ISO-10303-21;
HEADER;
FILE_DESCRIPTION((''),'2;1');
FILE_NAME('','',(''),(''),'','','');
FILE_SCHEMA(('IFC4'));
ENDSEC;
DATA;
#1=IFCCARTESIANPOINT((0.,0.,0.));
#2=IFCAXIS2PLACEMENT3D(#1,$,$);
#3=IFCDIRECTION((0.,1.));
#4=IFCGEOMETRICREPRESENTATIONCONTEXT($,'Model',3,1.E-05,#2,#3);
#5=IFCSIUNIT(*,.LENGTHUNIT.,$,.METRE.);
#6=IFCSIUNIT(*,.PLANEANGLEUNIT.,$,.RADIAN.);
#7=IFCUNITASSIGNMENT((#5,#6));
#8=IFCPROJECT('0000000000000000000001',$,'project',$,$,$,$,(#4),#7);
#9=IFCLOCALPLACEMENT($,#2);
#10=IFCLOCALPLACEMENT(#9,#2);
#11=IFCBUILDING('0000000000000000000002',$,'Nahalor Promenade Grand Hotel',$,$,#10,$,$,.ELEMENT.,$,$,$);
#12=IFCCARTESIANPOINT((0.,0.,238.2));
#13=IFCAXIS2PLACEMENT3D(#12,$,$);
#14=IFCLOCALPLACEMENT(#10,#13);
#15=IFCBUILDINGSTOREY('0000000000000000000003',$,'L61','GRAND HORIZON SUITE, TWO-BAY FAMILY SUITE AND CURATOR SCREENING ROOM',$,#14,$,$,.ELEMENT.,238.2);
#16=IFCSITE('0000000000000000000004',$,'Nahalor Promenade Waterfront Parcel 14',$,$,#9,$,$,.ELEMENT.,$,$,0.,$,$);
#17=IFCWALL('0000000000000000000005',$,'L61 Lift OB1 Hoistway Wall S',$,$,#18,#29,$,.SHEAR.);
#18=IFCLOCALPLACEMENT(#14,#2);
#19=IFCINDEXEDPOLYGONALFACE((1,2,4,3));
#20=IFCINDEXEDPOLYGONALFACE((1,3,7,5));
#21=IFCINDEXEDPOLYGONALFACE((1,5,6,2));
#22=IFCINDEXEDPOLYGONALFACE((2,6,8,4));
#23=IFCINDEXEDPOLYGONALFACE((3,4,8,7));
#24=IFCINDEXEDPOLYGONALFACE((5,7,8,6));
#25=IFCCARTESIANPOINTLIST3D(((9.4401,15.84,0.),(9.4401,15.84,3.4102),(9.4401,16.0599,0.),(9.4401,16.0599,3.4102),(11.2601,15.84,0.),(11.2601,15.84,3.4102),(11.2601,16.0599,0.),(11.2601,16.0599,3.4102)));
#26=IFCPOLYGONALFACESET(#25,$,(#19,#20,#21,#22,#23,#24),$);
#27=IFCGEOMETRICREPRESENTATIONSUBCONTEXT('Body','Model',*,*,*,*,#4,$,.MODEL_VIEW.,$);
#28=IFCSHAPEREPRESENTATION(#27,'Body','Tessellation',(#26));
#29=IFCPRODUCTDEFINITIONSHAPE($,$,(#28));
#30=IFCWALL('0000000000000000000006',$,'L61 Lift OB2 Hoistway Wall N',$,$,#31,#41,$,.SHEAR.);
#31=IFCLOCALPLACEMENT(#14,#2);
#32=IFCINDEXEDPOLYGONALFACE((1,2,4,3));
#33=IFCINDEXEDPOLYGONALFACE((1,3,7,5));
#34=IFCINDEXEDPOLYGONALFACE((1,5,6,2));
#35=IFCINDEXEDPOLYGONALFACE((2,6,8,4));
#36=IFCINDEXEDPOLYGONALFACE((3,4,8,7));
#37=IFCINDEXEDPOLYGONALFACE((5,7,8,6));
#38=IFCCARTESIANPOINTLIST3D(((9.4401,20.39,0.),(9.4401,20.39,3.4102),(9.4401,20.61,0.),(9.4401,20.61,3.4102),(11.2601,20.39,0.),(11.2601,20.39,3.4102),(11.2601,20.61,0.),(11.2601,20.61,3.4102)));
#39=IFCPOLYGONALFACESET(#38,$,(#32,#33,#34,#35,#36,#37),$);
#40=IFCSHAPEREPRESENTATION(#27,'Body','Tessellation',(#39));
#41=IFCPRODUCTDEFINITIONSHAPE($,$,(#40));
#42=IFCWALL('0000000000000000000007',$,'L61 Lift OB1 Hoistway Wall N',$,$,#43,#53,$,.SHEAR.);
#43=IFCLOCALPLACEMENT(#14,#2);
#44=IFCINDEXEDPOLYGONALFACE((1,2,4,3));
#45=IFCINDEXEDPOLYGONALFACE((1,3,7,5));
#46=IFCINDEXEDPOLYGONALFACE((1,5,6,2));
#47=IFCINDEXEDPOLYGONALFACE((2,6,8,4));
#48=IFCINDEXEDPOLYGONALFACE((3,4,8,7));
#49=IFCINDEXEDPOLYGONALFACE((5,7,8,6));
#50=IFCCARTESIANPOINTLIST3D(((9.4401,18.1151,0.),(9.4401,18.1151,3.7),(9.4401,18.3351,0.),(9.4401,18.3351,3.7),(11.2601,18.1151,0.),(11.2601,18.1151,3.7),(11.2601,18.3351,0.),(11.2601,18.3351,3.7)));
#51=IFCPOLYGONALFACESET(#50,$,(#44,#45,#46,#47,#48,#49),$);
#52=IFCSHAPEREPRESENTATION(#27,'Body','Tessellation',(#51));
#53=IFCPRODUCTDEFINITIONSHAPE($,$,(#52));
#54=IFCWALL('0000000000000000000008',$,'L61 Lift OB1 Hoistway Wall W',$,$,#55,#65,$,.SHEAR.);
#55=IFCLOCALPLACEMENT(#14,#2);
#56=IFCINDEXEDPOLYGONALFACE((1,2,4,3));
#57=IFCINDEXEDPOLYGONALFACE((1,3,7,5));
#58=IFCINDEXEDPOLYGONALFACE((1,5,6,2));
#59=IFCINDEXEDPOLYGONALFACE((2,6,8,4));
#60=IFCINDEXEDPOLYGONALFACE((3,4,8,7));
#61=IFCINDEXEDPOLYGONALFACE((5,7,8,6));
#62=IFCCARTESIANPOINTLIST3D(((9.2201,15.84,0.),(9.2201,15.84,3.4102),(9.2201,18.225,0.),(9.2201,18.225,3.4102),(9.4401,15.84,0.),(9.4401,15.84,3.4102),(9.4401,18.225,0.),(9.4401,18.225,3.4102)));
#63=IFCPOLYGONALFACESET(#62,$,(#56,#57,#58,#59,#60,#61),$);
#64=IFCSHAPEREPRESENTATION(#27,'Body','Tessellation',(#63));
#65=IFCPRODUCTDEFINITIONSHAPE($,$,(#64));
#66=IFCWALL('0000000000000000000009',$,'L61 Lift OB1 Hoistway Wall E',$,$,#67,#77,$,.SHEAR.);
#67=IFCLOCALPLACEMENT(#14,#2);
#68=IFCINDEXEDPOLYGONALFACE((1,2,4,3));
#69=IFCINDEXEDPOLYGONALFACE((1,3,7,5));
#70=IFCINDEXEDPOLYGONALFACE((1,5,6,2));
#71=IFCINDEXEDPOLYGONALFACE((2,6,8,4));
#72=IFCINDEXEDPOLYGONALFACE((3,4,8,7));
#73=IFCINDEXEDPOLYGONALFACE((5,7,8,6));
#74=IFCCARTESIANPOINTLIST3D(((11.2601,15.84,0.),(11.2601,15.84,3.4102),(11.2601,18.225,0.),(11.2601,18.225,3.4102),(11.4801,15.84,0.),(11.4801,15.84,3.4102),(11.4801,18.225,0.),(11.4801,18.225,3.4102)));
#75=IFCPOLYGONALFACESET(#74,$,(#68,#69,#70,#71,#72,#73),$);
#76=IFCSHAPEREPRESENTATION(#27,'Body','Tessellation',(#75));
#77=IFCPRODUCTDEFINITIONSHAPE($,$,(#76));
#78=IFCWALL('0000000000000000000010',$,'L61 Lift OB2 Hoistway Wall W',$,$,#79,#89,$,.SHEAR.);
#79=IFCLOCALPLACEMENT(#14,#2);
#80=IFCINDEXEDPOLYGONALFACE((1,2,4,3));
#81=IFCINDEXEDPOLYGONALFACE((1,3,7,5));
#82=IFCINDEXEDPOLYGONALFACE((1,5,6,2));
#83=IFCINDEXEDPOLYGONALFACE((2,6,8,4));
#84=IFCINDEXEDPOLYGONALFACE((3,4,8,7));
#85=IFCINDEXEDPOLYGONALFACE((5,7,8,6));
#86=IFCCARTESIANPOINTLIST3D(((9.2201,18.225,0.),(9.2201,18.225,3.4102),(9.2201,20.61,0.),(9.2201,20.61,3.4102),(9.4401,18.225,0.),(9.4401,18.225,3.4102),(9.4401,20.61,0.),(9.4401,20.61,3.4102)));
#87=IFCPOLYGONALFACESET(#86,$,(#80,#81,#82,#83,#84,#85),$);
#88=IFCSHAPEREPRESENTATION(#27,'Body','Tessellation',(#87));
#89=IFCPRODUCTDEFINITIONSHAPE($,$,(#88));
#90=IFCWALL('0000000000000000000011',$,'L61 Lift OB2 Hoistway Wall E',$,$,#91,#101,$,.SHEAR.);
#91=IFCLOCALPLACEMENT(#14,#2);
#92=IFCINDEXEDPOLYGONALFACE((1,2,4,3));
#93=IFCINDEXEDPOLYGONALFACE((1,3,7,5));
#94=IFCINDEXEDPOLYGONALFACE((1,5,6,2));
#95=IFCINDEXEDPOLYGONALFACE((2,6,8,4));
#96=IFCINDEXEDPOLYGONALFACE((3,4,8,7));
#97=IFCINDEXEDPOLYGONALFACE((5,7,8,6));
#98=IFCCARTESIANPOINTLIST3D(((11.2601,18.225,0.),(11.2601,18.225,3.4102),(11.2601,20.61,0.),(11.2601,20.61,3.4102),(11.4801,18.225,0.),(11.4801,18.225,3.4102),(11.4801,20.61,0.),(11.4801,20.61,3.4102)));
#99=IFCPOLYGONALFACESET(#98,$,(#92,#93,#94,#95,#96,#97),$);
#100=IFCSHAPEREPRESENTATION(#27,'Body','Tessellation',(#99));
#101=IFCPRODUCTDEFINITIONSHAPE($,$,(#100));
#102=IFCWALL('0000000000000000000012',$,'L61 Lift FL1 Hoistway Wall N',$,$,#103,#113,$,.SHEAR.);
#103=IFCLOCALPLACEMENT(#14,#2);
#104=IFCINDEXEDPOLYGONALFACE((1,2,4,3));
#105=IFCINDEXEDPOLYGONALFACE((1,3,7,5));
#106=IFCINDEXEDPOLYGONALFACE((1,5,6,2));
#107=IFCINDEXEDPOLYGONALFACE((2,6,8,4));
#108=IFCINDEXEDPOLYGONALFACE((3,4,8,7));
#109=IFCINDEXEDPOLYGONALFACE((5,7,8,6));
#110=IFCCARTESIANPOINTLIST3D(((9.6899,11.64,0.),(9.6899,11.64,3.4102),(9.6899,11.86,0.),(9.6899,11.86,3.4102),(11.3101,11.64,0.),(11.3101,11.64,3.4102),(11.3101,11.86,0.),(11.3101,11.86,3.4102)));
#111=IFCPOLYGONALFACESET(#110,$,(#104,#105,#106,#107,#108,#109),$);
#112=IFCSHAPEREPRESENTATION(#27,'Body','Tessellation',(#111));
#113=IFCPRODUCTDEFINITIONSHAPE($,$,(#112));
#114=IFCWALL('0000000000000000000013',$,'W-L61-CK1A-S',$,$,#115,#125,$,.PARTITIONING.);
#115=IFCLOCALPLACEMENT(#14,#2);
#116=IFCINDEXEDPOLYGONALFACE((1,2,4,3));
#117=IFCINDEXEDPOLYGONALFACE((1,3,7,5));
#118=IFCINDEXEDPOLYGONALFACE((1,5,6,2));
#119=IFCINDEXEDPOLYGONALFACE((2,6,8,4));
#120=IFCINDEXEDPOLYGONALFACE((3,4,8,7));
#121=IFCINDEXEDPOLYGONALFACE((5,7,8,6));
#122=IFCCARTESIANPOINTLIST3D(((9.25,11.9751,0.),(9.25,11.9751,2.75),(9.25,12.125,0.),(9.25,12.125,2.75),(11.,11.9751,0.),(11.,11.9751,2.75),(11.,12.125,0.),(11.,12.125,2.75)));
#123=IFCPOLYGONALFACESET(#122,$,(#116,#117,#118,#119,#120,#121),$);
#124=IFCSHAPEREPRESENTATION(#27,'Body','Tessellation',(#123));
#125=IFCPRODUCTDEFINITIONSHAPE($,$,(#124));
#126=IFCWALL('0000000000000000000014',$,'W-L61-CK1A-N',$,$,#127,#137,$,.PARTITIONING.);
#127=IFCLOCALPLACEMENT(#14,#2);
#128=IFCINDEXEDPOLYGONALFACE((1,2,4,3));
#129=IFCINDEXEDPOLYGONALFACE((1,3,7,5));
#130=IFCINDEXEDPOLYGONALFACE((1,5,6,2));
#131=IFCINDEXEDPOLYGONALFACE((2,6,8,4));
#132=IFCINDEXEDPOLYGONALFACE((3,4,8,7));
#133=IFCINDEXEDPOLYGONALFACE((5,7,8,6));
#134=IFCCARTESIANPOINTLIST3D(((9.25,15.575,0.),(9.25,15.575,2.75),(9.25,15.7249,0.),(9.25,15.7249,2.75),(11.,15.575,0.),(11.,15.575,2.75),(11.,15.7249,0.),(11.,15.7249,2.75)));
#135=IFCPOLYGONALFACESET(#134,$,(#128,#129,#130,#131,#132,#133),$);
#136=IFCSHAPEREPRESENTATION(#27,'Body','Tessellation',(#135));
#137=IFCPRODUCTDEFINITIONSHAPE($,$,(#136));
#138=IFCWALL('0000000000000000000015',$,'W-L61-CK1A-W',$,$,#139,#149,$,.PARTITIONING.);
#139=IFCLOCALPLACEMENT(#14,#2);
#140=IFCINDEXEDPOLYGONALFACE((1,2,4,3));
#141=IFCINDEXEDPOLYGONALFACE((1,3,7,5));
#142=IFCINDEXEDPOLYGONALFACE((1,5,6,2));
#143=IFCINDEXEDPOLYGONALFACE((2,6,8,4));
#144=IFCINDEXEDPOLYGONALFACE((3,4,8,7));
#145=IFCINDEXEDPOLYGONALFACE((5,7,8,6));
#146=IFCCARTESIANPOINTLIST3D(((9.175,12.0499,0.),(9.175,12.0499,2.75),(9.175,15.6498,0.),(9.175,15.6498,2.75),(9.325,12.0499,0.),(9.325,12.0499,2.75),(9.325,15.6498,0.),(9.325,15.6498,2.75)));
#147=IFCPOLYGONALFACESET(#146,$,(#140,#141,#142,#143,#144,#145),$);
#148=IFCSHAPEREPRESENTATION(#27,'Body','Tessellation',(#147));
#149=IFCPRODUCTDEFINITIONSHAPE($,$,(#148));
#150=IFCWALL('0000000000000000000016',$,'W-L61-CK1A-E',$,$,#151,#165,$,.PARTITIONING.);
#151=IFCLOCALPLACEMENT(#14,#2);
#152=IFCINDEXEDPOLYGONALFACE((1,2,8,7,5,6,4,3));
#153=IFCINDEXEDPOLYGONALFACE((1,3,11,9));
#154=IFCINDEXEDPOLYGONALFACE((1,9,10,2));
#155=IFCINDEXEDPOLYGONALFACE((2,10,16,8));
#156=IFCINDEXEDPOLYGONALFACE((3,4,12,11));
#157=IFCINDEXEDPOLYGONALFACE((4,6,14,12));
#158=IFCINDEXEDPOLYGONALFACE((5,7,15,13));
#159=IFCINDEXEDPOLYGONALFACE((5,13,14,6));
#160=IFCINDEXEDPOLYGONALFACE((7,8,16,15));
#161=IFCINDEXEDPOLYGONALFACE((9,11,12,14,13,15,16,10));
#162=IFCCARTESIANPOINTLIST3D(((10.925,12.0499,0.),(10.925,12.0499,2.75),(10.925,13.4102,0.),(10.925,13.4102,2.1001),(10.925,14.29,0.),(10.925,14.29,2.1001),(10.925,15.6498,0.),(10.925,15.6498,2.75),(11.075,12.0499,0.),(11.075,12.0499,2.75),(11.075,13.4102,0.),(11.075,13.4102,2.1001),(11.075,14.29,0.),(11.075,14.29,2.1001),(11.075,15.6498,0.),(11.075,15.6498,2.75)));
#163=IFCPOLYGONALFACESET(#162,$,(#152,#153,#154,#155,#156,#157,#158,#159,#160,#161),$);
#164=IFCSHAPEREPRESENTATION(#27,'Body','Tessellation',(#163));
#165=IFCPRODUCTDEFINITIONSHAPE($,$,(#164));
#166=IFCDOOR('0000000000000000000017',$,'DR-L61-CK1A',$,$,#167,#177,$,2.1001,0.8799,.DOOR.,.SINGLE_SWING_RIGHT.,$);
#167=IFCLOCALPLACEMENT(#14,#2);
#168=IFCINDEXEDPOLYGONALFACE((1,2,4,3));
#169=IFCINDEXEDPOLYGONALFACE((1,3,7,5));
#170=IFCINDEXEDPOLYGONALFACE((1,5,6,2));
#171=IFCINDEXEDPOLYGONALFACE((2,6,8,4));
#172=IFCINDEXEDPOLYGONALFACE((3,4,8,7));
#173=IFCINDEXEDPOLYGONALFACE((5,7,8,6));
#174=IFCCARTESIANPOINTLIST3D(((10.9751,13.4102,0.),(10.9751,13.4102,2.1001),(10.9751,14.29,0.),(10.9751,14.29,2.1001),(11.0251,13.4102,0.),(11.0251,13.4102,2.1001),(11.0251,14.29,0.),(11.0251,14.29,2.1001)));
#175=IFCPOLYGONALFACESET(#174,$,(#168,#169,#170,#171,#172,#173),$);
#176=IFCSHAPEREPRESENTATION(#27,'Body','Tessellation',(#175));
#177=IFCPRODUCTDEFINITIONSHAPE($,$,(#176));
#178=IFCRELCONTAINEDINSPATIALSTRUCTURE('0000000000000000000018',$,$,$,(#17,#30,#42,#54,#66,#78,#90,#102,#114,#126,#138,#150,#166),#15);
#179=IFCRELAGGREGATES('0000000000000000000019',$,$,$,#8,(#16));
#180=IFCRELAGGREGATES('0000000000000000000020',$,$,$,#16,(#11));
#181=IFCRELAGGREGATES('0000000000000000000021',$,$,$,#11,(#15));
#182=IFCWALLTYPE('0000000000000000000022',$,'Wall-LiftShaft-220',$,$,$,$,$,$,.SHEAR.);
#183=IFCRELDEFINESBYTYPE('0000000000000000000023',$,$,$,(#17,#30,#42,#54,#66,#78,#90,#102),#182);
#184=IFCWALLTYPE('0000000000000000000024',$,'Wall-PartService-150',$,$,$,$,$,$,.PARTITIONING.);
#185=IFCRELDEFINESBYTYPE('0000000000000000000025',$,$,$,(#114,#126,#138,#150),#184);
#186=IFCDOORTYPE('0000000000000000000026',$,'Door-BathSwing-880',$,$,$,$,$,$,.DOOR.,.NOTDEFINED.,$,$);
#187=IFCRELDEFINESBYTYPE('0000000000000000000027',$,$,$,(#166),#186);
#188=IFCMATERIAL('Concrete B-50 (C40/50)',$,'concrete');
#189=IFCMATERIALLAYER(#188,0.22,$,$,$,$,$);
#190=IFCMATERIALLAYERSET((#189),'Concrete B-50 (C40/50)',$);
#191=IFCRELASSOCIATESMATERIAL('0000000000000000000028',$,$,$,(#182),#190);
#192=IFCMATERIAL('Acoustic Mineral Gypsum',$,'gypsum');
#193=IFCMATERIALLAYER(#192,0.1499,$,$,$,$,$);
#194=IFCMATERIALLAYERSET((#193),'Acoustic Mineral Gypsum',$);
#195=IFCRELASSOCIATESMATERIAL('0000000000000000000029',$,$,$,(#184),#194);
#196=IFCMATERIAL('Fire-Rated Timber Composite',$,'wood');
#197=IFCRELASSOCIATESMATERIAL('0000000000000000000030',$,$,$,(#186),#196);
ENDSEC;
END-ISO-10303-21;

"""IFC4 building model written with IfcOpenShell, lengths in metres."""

from ifc_helpers import new_model, si_unit, direction, frame, frame_2d, origin, place, context, subcontext, project, spatial, rectangle, extrude, source, transform, mapped, material, layer, layer_set, type_object, element, fill, save


model = new_model("IFC4")

# Units and contexts
model_context = context("Model", 3, precision=1e-05, world=origin(), true_north=direction((0.0, 1.0)))
body_context = subcontext(model_context, "Body", "Model", "MODEL_VIEW")
ifc_project = project(units=[si_unit("LENGTHUNIT", "METRE"), si_unit("PLANEANGLEUNIT", "RADIAN")], contexts=[model_context])

# Site, building, storey
site_placement = place(None, origin())
site = spatial("IfcSite", under=ifc_project, at=site_placement, Name="Nahalor Promenade Waterfront Parcel 14", CompositionType="ELEMENT", RefElevation=0.0)
building_placement = place(site_placement, origin())
building = spatial("IfcBuilding", under=site, at=building_placement, Name="Nahalor Promenade Grand Hotel", CompositionType="ELEMENT")
storey_placement = place(building_placement, frame((0.0, 0.0, 238.2)))
storey = spatial("IfcBuildingStorey", under=building, at=storey_placement, Name="L61", Description="GRAND HORIZON SUITE, TWO-BAY FAMILY SUITE AND CURATOR SCREENING ROOM", CompositionType="ELEMENT", Elevation=238.2)

# Walls
ifc_material_1 = material(Name="Concrete B-50 (C40/50)", Category="concrete")
ifc_layer_1 = layer(ifc_material_1, 0.22)
ifc_layer_set_1 = layer_set([ifc_layer_1], Name="Concrete B-50 (C40/50)")
wall_type_1 = type_object("IfcWallType", Name="Wall-LiftShaft-220", PredefinedType="SHEAR", material=ifc_layer_set_1)
shared_shape_1 = source(origin(), body_context, "Body", "SweptSolid", [
    extrude(rectangle(XDim=1.8201, YDim=0.22, at=frame_2d((0.9102, 0.0))), origin(), (0.0, 0.0, 1.0), 3.4102),
])
for number, where, z_axis, x_axis, name in (
    (1, (9.4399, 15.95, 0.0), (0.0, 0.0, 1.0), (1.0, 0.0, 0.0), "L61 Lift OB1 Hoistway Wall S"),
    (2, (9.4399, 20.5, 0.0), (0.0, 0.0, 1.0), (1.0, 0.0, 0.0), "L61 Lift OB2 Hoistway Wall N"),
):
    element("IfcWall", number, at=place(storey_placement, frame(where, z_axis=z_axis, x_axis=x_axis)), inside=storey, type_object=wall_type_1, Name=name, PredefinedType="SHEAR", context=body_context, shape_type="MappedRepresentation", body=[
        mapped(shared_shape_1, transform((0.0, 0.0, 0.0), scale=1.0)),
    ])
shared_shape_2 = source(origin(), body_context, "Body", "SweptSolid", [
    extrude(rectangle(XDim=1.8201, YDim=0.22, at=frame_2d((0.9102, 0.0))), origin(), (0.0, 0.0, 1.0), 3.7),
])
wall_1_placement = place(storey_placement, frame((9.4399, 18.2251, 0.0), z_axis=(0.0, 0.0, 1.0), x_axis=(1.0, 0.0, 0.0)))
element("IfcWall", 3, at=wall_1_placement, inside=storey, type_object=wall_type_1, Name="L61 Lift OB1 Hoistway Wall N", PredefinedType="SHEAR", context=body_context, shape_type="MappedRepresentation", body=[
    mapped(shared_shape_2, transform((0.0, 0.0, 0.0), scale=1.0)),
])
shared_shape_3 = source(origin(), body_context, "Body", "SweptSolid", [
    extrude(rectangle(XDim=2.385, YDim=0.22, at=frame_2d((1.1924, 0.0))), origin(), (0.0, 0.0, 1.0), 3.4102),
])
for number, where, z_axis, x_axis, name in (
    (4, (9.3301, 15.8401, 0.0), (0.0, 0.0, 1.0), (0.0, 1.0, 0.0), "L61 Lift OB1 Hoistway Wall W"),
    (5, (11.3701, 15.8401, 0.0), (0.0, 0.0, 1.0), (0.0, 1.0, 0.0), "L61 Lift OB1 Hoistway Wall E"),
    (6, (9.3301, 18.2251, 0.0), (0.0, 0.0, 1.0), (0.0, 1.0, 0.0), "L61 Lift OB2 Hoistway Wall W"),
    (7, (11.3701, 18.2251, 0.0), (0.0, 0.0, 1.0), (0.0, 1.0, 0.0), "L61 Lift OB2 Hoistway Wall E"),
):
    element("IfcWall", number, at=place(storey_placement, frame(where, z_axis=z_axis, x_axis=x_axis)), inside=storey, type_object=wall_type_1, Name=name, PredefinedType="SHEAR", context=body_context, shape_type="MappedRepresentation", body=[
        mapped(shared_shape_3, transform((0.0, 0.0, 0.0), scale=1.0)),
    ])
shared_shape_4 = source(origin(), body_context, "Body", "SweptSolid", [
    extrude(rectangle(XDim=1.6201, YDim=0.22, at=frame_2d((0.8101, 0.0))), origin(), (0.0, 0.0, 1.0), 3.4102),
])
wall_2_placement = place(storey_placement, frame((9.6899, 11.75, 0.0), z_axis=(0.0, 0.0, 1.0), x_axis=(1.0, 0.0, 0.0)))
element("IfcWall", 8, at=wall_2_placement, inside=storey, type_object=wall_type_1, Name="L61 Lift FL1 Hoistway Wall N", PredefinedType="SHEAR", context=body_context, shape_type="MappedRepresentation", body=[
    mapped(shared_shape_4, transform((0.0, 0.0, 0.0), scale=1.0)),
])
ifc_material_2 = material(Name="Acoustic Mineral Gypsum", Category="gypsum")
ifc_layer_2 = layer(ifc_material_2, 0.1499)
ifc_layer_set_2 = layer_set([ifc_layer_2], Name="Acoustic Mineral Gypsum")
wall_type_2 = type_object("IfcWallType", Name="Wall-PartService-150", PredefinedType="PARTITIONING", material=ifc_layer_set_2)
shared_shape_5 = source(origin(), body_context, "Body", "SweptSolid", [
    extrude(rectangle(XDim=1.75, YDim=0.1499, at=frame_2d((0.875, 0.0))), origin(), (0.0, 0.0, 1.0), 2.75),
])
for number, where, z_axis, x_axis, name in (
    (9, (9.25, 12.05, 0.0), (0.0, 0.0, 1.0), (1.0, 0.0, 0.0), "W-L61-CK1A-S"),
    (10, (9.25, 15.6499, 0.0), (0.0, 0.0, 1.0), (1.0, 0.0, 0.0), "W-L61-CK1A-N"),
):
    element("IfcWall", number, at=place(storey_placement, frame(where, z_axis=z_axis, x_axis=x_axis)), inside=storey, type_object=wall_type_2, Name=name, PredefinedType="PARTITIONING", context=body_context, shape_type="MappedRepresentation", body=[
        mapped(shared_shape_5, transform((0.0, 0.0, 0.0), scale=1.0)),
    ])
shared_shape_6 = source(origin(), body_context, "Body", "SweptSolid", [
    extrude(rectangle(XDim=3.5999, YDim=0.1499, at=frame_2d((1.7998, 0.0))), origin(), (0.0, 0.0, 1.0), 2.75),
])
wall_3_placement = place(storey_placement, frame((9.25, 12.05, 0.0), z_axis=(0.0, 0.0, 1.0), x_axis=(0.0, 1.0, 0.0)))
element("IfcWall", 11, at=wall_3_placement, inside=storey, type_object=wall_type_2, Name="W-L61-CK1A-W", PredefinedType="PARTITIONING", context=body_context, shape_type="MappedRepresentation", body=[
    mapped(shared_shape_6, transform((0.0, 0.0, 0.0), scale=1.0)),
])

# Wall, opening, door
wall_4_placement = place(storey_placement, frame((11.0, 12.05, 0.0), z_axis=(0.0, 0.0, 1.0), x_axis=(0.0, 1.0, 0.0)))
wall_4 = element("IfcWall", 12, at=wall_4_placement, inside=storey, type_object=wall_type_2, Name="W-L61-CK1A-E", PredefinedType="PARTITIONING", context=body_context, shape_type="MappedRepresentation", body=[
    mapped(shared_shape_6, transform((0.0, 0.0, 0.0), scale=1.0)),
])
opening_placement = place(wall_4_placement, frame((1.3601, 0.0, 0.0)))
opening = element("IfcOpeningElement", 13, at=opening_placement, cuts=wall_4, PredefinedType="OPENING", context=body_context, shape_type="SweptSolid", body=[
    extrude(rectangle(XDim=0.8799, YDim=2.1001, at=frame_2d((0.4399, 1.05))), frame((0.0, 0.085, 0.0), z_axis=(0.0, -1.0, 0.0), x_axis=(1.0, 0.0, 0.0)), (0.0, 0.0, 1.0), 0.1699),
])
ifc_material_3 = material(Name="Fire-Rated Timber Composite", Category="wood")
door_type = type_object("IfcDoorType", Name="Door-BathSwing-880", OperationType="NOTDEFINED", PredefinedType="DOOR", material=ifc_material_3)
shared_shape_7 = source(origin(), body_context, "Body", "SweptSolid", [
    extrude(rectangle(XDim=0.8799, YDim=2.1001, at=frame_2d((0.4399, 1.05))), frame((0.0, 0.0249, 0.0), z_axis=(0.0, -1.0, 0.0), x_axis=(1.0, 0.0, 0.0)), (0.0, 0.0, 1.0), 0.05),
])
door_placement = place(opening_placement, origin())
door = element("IfcDoor", 14, at=door_placement, inside=storey, type_object=door_type, Name="DR-L61-CK1A", OperationType="SINGLE_SWING_RIGHT", OverallHeight=2.1001, OverallWidth=0.8799, PredefinedType="DOOR", context=body_context, shape_type="MappedRepresentation", body=[
    mapped(shared_shape_7, transform((0.0, 0.0, 0.0), scale=1.0)),
])
fill(opening, door)

save(model, "model.ifc")
